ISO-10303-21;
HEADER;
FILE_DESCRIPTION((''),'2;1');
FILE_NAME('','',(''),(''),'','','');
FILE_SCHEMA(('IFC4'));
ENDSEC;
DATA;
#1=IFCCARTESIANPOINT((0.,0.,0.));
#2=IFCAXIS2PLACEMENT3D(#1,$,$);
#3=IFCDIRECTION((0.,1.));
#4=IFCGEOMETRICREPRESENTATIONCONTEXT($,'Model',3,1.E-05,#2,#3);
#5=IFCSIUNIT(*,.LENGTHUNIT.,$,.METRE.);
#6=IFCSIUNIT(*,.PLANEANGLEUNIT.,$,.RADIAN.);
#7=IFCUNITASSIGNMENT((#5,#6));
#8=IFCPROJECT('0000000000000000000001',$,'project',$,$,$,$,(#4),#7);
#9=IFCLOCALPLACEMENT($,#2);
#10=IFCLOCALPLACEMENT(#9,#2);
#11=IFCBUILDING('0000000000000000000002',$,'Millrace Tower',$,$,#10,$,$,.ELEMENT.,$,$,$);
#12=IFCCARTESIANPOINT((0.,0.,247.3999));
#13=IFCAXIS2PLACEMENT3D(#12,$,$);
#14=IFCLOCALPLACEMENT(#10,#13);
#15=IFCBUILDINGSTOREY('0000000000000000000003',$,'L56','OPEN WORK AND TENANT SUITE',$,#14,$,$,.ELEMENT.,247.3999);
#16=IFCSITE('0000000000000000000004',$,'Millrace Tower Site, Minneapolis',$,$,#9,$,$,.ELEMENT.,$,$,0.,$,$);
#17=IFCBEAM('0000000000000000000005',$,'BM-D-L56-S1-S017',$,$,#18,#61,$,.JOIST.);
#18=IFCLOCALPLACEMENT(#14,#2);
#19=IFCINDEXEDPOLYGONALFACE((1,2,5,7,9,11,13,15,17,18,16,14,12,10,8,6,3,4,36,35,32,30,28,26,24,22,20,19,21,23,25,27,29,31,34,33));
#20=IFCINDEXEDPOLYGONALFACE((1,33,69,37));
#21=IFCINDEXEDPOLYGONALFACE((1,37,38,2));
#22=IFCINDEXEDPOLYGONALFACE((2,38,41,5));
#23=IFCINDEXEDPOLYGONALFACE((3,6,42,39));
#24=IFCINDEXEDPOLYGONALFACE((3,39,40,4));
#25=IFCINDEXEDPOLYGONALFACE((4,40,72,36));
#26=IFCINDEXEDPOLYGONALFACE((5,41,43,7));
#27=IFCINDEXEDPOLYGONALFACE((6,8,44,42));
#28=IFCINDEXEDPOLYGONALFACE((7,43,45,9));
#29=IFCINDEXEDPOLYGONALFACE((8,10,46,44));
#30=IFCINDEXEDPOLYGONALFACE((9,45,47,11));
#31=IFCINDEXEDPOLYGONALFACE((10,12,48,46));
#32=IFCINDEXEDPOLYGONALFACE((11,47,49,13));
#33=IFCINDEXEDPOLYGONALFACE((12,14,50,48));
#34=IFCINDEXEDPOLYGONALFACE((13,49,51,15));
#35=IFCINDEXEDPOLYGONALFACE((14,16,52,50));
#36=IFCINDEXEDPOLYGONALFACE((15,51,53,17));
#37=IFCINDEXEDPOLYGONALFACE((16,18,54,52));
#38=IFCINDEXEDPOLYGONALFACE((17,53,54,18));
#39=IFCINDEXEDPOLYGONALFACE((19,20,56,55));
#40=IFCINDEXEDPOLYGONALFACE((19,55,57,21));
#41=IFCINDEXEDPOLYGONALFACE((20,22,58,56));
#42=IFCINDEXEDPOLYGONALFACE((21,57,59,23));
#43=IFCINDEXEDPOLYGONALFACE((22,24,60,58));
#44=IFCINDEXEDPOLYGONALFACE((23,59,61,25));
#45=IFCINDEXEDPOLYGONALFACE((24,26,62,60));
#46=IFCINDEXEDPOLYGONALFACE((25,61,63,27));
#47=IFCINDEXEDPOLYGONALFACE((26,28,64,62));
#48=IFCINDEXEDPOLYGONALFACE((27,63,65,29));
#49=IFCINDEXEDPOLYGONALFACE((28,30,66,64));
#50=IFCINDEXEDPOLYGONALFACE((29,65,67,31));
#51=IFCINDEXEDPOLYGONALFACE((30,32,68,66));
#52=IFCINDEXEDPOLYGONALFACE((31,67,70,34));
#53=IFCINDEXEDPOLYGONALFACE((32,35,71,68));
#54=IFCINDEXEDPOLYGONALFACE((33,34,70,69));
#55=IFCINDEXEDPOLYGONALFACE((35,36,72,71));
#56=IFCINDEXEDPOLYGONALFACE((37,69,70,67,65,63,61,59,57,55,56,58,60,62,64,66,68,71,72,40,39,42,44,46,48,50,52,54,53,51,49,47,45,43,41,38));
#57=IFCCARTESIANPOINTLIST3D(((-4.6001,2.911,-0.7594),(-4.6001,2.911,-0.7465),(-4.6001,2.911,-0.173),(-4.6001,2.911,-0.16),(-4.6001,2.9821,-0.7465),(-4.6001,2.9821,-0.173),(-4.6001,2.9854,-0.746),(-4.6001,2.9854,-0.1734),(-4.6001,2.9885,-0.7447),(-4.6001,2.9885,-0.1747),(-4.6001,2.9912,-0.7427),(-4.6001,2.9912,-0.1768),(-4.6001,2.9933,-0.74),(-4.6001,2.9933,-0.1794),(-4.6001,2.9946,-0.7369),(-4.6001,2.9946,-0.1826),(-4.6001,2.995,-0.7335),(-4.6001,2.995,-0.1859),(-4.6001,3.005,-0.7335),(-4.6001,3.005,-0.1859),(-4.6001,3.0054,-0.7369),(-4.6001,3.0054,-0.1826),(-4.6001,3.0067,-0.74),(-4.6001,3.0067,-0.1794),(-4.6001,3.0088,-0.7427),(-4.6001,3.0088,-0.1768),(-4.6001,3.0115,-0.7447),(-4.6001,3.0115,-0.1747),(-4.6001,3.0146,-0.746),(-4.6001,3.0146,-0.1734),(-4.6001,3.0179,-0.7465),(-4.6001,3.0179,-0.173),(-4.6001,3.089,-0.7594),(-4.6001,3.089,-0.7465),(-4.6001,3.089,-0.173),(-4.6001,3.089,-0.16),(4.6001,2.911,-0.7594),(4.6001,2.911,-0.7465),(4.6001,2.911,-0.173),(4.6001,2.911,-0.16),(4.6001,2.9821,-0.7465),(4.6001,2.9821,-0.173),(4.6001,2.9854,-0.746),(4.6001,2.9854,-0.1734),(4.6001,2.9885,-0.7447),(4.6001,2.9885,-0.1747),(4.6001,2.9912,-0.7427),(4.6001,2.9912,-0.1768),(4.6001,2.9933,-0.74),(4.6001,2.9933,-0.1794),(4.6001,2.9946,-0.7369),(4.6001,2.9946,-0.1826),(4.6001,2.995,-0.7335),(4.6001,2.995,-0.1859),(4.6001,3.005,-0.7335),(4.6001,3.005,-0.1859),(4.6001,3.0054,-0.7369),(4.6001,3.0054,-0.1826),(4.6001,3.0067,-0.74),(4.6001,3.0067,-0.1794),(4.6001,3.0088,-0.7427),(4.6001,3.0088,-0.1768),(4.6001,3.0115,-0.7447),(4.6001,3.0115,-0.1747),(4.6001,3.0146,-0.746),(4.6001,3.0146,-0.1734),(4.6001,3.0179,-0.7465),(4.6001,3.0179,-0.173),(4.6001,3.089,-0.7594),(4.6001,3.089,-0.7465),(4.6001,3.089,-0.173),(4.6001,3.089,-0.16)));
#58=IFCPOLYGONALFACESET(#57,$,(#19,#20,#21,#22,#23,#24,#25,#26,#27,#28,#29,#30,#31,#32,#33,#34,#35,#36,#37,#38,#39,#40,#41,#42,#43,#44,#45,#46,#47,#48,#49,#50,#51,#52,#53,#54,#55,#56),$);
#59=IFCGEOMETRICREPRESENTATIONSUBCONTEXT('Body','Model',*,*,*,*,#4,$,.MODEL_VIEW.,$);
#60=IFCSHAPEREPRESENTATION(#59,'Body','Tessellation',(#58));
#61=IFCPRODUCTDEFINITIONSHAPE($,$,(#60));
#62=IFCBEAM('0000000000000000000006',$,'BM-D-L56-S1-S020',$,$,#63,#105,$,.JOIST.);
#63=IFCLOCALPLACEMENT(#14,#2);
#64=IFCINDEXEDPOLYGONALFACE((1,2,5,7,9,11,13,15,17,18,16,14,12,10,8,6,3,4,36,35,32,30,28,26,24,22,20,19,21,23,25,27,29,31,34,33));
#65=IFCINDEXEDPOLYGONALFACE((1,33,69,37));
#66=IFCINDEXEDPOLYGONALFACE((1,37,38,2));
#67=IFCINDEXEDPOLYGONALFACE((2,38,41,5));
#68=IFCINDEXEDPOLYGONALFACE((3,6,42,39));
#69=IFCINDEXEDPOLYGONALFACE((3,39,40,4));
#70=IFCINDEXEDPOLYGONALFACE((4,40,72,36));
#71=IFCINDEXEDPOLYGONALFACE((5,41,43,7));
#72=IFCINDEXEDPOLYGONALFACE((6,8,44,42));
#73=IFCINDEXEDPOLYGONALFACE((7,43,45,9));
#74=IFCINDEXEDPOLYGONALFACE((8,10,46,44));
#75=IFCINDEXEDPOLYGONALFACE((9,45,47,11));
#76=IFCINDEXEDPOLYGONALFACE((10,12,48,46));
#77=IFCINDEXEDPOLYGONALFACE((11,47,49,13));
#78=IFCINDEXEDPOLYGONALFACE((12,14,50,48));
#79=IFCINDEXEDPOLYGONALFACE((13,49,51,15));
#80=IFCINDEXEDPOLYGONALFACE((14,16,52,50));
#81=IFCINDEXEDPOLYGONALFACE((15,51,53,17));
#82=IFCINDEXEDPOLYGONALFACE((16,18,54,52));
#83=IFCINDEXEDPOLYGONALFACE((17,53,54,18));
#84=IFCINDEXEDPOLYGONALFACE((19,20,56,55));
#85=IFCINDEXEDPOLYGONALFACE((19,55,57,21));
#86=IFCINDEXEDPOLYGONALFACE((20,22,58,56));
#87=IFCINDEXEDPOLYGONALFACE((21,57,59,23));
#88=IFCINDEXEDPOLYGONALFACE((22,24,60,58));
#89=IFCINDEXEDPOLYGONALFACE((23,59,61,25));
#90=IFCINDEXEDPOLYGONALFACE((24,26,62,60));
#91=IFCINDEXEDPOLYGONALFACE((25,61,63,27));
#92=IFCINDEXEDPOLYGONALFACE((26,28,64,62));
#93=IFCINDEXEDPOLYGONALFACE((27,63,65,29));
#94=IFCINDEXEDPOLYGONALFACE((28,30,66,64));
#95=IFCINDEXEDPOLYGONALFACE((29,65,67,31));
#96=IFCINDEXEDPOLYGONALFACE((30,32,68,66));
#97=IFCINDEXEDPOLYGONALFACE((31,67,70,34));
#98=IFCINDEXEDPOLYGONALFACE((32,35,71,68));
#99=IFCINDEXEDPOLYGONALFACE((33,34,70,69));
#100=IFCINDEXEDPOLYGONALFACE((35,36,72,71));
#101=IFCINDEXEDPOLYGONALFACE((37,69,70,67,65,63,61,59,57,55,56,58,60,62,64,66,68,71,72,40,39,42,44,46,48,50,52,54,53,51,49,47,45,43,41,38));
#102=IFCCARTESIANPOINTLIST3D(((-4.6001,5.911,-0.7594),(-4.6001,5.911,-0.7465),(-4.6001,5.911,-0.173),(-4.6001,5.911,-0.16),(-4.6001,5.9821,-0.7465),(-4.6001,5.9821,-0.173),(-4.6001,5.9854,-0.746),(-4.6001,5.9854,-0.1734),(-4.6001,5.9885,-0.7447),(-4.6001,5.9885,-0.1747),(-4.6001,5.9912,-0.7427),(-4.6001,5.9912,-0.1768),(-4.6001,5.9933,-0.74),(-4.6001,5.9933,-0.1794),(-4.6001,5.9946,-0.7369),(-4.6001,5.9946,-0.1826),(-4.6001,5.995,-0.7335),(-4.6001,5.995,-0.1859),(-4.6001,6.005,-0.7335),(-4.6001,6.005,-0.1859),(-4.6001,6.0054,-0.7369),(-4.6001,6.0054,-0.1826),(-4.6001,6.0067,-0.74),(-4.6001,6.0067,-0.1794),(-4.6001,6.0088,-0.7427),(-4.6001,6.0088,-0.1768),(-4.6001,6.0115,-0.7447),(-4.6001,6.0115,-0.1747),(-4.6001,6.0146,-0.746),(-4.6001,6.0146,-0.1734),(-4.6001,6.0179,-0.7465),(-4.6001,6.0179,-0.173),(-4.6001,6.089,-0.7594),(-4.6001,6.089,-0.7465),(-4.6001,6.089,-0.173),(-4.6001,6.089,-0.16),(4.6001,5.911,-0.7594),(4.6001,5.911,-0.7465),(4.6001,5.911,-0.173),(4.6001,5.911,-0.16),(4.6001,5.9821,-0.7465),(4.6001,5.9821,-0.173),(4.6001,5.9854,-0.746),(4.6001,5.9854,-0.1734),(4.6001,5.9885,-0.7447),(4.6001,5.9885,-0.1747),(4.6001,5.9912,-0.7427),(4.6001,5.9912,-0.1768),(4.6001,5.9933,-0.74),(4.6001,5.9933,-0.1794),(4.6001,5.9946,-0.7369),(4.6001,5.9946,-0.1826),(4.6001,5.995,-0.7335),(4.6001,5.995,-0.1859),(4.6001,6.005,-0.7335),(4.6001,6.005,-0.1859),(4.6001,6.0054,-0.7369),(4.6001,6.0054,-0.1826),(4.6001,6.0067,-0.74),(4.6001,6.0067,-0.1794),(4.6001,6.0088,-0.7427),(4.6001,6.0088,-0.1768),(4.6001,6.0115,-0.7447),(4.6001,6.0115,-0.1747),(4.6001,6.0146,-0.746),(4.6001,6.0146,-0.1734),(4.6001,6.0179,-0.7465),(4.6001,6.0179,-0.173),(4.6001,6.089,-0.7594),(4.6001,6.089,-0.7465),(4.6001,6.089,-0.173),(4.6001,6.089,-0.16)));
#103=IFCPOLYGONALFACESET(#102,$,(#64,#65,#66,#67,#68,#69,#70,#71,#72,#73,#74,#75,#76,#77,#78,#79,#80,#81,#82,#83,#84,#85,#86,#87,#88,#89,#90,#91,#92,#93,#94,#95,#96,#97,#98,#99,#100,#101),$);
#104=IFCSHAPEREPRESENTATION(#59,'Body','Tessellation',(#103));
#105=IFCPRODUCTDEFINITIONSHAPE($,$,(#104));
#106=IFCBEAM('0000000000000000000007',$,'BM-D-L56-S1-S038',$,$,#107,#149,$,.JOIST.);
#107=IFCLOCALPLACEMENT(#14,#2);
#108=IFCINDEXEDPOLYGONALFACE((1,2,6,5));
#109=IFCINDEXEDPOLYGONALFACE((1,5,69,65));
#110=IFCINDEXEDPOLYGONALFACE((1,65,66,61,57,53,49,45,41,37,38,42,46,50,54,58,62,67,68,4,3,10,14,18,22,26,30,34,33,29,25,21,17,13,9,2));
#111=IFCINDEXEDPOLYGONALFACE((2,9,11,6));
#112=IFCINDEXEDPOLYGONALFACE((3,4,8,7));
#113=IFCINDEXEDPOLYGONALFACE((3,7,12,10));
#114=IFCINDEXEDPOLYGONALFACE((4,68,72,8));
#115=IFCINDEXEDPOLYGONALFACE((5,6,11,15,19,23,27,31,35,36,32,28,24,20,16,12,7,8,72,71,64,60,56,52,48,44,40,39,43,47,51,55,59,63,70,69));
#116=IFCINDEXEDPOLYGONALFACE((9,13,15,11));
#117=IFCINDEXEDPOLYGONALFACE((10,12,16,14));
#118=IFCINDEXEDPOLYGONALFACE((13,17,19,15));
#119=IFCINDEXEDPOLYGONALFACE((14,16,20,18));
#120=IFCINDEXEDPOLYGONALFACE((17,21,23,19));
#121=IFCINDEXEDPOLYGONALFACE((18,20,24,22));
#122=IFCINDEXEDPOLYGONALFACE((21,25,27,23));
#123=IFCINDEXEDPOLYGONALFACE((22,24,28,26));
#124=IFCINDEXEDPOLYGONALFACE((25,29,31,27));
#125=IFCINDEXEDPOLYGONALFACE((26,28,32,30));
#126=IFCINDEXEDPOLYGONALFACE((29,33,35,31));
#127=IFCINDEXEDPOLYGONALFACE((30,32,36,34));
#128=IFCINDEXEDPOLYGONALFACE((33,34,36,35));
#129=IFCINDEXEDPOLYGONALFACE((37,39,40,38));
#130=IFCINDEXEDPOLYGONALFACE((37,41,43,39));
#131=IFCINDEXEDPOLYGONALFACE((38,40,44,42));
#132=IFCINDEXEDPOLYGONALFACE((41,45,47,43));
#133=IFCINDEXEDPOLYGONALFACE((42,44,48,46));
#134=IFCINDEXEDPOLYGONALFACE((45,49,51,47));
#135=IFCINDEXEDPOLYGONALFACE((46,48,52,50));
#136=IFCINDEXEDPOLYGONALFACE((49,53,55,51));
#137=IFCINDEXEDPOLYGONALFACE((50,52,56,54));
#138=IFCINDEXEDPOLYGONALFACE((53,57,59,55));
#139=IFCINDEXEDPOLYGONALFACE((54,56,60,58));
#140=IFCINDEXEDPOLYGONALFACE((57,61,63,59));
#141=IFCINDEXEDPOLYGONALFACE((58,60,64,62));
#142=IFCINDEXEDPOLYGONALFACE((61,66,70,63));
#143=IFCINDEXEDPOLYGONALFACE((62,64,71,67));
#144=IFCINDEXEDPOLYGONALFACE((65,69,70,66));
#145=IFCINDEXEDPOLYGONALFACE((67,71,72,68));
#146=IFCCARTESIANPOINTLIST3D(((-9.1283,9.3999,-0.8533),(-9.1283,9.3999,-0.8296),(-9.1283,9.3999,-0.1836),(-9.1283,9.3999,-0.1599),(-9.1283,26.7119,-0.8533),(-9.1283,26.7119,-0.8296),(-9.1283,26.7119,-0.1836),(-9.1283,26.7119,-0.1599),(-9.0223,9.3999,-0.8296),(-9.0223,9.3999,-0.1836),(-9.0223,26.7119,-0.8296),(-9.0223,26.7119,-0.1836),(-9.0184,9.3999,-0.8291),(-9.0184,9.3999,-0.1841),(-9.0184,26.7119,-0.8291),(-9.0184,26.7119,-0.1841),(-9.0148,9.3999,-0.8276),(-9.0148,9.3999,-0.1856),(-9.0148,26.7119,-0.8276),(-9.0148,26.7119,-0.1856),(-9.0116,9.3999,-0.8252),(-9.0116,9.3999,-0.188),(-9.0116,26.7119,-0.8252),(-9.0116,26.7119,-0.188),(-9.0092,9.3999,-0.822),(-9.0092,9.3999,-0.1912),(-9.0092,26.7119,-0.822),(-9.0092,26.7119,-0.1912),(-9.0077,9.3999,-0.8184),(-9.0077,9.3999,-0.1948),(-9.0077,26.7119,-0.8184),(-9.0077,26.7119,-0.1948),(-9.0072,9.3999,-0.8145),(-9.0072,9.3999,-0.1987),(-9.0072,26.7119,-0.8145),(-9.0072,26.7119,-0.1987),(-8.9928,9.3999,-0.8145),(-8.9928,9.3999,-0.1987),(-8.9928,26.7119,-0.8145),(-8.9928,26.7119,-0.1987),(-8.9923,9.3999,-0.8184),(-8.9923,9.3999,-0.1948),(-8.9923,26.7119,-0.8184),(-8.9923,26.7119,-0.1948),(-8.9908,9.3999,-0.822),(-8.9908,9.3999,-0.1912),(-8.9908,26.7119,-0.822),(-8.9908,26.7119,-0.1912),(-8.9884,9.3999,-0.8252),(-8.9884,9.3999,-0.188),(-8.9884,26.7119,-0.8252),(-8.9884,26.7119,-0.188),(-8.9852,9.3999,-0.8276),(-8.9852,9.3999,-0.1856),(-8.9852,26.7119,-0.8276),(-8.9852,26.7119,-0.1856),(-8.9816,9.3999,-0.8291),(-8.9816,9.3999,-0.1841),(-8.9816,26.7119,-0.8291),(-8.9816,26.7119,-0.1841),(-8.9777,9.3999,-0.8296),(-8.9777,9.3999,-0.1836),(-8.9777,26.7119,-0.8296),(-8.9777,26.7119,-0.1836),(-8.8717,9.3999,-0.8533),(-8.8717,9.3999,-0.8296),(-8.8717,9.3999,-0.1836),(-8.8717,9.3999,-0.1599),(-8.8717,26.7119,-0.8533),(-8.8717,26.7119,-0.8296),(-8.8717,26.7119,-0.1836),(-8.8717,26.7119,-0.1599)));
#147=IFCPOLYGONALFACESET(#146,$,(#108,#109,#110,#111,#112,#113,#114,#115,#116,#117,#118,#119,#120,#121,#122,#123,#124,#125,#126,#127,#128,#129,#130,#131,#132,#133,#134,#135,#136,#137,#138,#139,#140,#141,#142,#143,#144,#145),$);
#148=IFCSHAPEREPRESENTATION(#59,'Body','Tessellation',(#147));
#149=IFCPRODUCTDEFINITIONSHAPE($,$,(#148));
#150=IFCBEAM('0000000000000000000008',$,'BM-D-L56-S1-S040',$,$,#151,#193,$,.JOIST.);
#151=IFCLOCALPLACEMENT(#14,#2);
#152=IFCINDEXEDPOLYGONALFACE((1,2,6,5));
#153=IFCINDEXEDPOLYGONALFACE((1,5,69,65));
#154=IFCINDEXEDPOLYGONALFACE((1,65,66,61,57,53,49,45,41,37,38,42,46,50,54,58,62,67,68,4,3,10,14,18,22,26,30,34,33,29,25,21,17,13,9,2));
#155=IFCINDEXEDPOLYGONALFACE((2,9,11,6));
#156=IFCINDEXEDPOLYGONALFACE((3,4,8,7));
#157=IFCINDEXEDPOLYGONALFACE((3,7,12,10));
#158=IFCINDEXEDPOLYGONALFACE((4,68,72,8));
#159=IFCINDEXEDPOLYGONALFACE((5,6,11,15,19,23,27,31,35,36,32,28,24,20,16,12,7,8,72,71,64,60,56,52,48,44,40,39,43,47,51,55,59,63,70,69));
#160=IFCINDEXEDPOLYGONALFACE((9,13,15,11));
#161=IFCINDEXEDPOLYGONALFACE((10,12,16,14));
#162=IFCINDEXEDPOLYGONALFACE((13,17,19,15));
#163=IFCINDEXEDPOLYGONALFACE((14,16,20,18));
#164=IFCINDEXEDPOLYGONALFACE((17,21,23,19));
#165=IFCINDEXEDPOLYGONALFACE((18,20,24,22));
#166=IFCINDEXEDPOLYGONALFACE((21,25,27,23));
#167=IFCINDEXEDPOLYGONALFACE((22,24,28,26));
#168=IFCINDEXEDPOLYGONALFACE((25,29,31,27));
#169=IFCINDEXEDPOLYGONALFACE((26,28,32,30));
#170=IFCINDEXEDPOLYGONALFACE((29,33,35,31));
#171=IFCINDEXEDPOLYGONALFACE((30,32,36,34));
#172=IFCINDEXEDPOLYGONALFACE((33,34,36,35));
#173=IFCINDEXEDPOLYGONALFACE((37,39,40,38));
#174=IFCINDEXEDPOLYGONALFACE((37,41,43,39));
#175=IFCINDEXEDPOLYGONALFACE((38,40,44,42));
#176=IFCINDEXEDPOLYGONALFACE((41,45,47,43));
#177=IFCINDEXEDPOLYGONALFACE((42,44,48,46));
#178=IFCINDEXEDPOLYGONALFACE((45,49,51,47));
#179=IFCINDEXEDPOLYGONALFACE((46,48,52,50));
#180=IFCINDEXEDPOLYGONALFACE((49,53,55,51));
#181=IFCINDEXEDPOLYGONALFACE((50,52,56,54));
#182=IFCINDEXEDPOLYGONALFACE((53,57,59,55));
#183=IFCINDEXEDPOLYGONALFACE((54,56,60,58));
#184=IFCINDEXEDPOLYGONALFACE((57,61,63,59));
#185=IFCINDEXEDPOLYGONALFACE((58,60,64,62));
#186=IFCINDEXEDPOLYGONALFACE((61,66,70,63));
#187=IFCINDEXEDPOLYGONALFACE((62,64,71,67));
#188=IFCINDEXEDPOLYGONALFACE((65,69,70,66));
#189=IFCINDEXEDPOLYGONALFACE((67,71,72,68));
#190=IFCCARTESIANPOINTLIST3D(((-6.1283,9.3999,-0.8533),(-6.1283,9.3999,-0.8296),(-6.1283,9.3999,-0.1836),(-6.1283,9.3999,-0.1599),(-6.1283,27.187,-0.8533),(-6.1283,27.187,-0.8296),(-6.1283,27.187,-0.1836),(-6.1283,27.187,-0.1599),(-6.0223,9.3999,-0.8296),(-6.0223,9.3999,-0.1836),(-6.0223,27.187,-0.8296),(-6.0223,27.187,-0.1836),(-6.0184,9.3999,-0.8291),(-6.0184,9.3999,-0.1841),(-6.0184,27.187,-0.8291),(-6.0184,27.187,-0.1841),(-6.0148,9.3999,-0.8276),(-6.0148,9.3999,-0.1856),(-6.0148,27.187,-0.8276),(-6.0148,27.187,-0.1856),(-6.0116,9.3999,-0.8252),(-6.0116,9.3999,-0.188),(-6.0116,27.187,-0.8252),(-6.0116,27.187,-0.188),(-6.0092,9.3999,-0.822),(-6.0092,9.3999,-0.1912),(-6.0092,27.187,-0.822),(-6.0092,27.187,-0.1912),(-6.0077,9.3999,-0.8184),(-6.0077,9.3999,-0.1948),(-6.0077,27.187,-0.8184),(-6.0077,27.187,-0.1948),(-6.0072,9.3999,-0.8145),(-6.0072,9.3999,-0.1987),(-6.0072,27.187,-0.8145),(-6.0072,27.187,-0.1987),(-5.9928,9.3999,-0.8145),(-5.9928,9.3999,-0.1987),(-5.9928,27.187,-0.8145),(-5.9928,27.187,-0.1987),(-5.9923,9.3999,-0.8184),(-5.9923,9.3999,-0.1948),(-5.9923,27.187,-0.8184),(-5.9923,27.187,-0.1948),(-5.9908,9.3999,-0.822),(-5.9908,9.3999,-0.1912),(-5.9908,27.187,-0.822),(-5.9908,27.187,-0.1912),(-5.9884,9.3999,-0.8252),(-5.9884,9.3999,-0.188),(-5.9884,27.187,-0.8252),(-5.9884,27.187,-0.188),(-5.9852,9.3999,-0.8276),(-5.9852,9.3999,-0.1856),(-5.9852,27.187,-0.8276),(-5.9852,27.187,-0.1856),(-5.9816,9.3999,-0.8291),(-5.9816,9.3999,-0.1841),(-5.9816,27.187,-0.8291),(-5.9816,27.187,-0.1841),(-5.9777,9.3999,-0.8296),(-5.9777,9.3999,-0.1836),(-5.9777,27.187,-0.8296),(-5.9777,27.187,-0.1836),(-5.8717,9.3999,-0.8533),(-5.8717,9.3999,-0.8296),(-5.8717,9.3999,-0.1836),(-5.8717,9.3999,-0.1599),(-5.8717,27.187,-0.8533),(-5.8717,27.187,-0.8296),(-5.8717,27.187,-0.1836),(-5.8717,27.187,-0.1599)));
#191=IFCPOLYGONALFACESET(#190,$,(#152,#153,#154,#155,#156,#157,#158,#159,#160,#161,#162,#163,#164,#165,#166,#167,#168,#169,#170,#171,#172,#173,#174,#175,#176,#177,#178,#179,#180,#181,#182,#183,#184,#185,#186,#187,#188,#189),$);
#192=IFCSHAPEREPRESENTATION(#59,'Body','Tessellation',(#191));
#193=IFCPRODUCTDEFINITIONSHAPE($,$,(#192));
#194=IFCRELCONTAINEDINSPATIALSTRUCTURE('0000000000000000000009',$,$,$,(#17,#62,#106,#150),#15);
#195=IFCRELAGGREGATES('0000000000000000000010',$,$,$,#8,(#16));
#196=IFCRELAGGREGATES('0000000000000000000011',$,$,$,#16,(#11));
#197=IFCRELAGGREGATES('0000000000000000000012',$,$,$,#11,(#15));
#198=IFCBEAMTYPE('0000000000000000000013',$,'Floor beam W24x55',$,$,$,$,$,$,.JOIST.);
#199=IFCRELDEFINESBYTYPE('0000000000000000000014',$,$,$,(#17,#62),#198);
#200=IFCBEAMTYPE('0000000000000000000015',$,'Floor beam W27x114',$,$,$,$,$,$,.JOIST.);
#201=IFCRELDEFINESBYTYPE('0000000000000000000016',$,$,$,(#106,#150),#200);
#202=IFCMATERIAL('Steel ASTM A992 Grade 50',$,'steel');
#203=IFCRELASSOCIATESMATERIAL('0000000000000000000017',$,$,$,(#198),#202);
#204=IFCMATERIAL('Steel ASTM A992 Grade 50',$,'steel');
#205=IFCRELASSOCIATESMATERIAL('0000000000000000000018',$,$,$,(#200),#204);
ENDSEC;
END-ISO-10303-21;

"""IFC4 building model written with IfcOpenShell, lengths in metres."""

from ifc_helpers import new_model, si_unit, direction, frame, origin, origin_2d, place, context, subcontext, project, spatial, i_section, extrude, material, material_profile, profile_set, type_object, element, save


model = new_model("IFC4")

# Units and contexts
model_context = context("Model", 3, precision=1e-05, world=origin(), true_north=direction((0.0, 1.0)))
body_context = subcontext(model_context, "Body", "Model", "MODEL_VIEW")
ifc_project = project(units=[si_unit("LENGTHUNIT", "METRE"), si_unit("PLANEANGLEUNIT", "RADIAN")], contexts=[model_context])

# Site, building, storey
site_placement = place(None, origin())
site = spatial("IfcSite", under=ifc_project, at=site_placement, Name="Millrace Tower Site, Minneapolis", CompositionType="ELEMENT", RefElevation=0.0)
building_placement = place(site_placement, origin())
building = spatial("IfcBuilding", under=site, at=building_placement, Name="Millrace Tower", CompositionType="ELEMENT")
storey_placement = place(building_placement, frame((0.0, 0.0, 247.3999)))
storey = spatial("IfcBuildingStorey", under=building, at=storey_placement, Name="L56", Description="OPEN WORK AND TENANT SUITE", CompositionType="ELEMENT", Elevation=247.3999)

# Beams
ifc_material_1 = material(Name="Steel ASTM A992 Grade 50", Category="steel")
ifc_material_profile_1 = material_profile(ifc_material_1, i_section(OverallWidth=0.178, OverallDepth=0.5994, WebThickness=0.01, FlangeThickness=0.0129, FilletRadius=0.0129, at=origin_2d()))
ifc_profile_set_1 = profile_set([ifc_material_profile_1], Name="Steel ASTM A992 Grade 50")
beam_type_1 = type_object("IfcBeamType", Name="Floor beam W24x55", PredefinedType="JOIST", material=ifc_profile_set_1)
for number, where, z_axis, x_axis, name in (
    (1, (-4.6001, 3.0, -0.4597), (1.0, 0.0, 0.0), (0.0, 1.0, 0.0), "BM-D-L56-S1-S017"),
    (2, (-4.6001, 6.0, -0.4597), (1.0, 0.0, 0.0), (0.0, 1.0, 0.0), "BM-D-L56-S1-S020"),
):
    element("IfcBeam", number, at=place(storey_placement, frame(where, z_axis=z_axis, x_axis=x_axis)), inside=storey, type_object=beam_type_1, Name=name, PredefinedType="JOIST", context=body_context, shape_type="SweptSolid", body=[
        extrude(i_section(OverallWidth=0.178, OverallDepth=0.5994, WebThickness=0.01, FlangeThickness=0.0129, FilletRadius=0.0129, at=origin_2d()), origin(), (0.0, 0.0, 1.0), 9.2002),
    ])
ifc_material_2 = material(Name="Steel ASTM A992 Grade 50", Category="steel")
ifc_material_profile_2 = material_profile(ifc_material_2, i_section(OverallWidth=0.2566, OverallDepth=0.6934, WebThickness=0.0144, FlangeThickness=0.0237, FilletRadius=0.0151, at=origin_2d()))
ifc_profile_set_2 = profile_set([ifc_material_profile_2], Name="Steel ASTM A992 Grade 50")
beam_type_2 = type_object("IfcBeamType", Name="Floor beam W27x114", PredefinedType="JOIST", material=ifc_profile_set_2)
beam_1_placement = place(storey_placement, frame((-9.0, 9.3999, -0.5066), z_axis=(0.0, 1.0, 0.0), x_axis=(-1.0, 0.0, 0.0)))
element("IfcBeam", 3, at=beam_1_placement, inside=storey, type_object=beam_type_2, Name="BM-D-L56-S1-S038", PredefinedType="JOIST", context=body_context, shape_type="SweptSolid", body=[
    extrude(i_section(OverallWidth=0.2566, OverallDepth=0.6934, WebThickness=0.0144, FlangeThickness=0.0237, FilletRadius=0.0151, at=origin_2d()), origin(), (0.0, 0.0, 1.0), 17.312),
])
beam_2_placement = place(storey_placement, frame((-6.0, 9.3999, -0.5066), z_axis=(0.0, 1.0, 0.0), x_axis=(-1.0, 0.0, 0.0)))
element("IfcBeam", 4, at=beam_2_placement, inside=storey, type_object=beam_type_2, Name="BM-D-L56-S1-S040", PredefinedType="JOIST", context=body_context, shape_type="SweptSolid", body=[
    extrude(i_section(OverallWidth=0.2566, OverallDepth=0.6934, WebThickness=0.0144, FlangeThickness=0.0237, FilletRadius=0.0151, at=origin_2d()), origin(), (0.0, 0.0, 1.0), 17.7871),
])

save(model, "model.ifc")
